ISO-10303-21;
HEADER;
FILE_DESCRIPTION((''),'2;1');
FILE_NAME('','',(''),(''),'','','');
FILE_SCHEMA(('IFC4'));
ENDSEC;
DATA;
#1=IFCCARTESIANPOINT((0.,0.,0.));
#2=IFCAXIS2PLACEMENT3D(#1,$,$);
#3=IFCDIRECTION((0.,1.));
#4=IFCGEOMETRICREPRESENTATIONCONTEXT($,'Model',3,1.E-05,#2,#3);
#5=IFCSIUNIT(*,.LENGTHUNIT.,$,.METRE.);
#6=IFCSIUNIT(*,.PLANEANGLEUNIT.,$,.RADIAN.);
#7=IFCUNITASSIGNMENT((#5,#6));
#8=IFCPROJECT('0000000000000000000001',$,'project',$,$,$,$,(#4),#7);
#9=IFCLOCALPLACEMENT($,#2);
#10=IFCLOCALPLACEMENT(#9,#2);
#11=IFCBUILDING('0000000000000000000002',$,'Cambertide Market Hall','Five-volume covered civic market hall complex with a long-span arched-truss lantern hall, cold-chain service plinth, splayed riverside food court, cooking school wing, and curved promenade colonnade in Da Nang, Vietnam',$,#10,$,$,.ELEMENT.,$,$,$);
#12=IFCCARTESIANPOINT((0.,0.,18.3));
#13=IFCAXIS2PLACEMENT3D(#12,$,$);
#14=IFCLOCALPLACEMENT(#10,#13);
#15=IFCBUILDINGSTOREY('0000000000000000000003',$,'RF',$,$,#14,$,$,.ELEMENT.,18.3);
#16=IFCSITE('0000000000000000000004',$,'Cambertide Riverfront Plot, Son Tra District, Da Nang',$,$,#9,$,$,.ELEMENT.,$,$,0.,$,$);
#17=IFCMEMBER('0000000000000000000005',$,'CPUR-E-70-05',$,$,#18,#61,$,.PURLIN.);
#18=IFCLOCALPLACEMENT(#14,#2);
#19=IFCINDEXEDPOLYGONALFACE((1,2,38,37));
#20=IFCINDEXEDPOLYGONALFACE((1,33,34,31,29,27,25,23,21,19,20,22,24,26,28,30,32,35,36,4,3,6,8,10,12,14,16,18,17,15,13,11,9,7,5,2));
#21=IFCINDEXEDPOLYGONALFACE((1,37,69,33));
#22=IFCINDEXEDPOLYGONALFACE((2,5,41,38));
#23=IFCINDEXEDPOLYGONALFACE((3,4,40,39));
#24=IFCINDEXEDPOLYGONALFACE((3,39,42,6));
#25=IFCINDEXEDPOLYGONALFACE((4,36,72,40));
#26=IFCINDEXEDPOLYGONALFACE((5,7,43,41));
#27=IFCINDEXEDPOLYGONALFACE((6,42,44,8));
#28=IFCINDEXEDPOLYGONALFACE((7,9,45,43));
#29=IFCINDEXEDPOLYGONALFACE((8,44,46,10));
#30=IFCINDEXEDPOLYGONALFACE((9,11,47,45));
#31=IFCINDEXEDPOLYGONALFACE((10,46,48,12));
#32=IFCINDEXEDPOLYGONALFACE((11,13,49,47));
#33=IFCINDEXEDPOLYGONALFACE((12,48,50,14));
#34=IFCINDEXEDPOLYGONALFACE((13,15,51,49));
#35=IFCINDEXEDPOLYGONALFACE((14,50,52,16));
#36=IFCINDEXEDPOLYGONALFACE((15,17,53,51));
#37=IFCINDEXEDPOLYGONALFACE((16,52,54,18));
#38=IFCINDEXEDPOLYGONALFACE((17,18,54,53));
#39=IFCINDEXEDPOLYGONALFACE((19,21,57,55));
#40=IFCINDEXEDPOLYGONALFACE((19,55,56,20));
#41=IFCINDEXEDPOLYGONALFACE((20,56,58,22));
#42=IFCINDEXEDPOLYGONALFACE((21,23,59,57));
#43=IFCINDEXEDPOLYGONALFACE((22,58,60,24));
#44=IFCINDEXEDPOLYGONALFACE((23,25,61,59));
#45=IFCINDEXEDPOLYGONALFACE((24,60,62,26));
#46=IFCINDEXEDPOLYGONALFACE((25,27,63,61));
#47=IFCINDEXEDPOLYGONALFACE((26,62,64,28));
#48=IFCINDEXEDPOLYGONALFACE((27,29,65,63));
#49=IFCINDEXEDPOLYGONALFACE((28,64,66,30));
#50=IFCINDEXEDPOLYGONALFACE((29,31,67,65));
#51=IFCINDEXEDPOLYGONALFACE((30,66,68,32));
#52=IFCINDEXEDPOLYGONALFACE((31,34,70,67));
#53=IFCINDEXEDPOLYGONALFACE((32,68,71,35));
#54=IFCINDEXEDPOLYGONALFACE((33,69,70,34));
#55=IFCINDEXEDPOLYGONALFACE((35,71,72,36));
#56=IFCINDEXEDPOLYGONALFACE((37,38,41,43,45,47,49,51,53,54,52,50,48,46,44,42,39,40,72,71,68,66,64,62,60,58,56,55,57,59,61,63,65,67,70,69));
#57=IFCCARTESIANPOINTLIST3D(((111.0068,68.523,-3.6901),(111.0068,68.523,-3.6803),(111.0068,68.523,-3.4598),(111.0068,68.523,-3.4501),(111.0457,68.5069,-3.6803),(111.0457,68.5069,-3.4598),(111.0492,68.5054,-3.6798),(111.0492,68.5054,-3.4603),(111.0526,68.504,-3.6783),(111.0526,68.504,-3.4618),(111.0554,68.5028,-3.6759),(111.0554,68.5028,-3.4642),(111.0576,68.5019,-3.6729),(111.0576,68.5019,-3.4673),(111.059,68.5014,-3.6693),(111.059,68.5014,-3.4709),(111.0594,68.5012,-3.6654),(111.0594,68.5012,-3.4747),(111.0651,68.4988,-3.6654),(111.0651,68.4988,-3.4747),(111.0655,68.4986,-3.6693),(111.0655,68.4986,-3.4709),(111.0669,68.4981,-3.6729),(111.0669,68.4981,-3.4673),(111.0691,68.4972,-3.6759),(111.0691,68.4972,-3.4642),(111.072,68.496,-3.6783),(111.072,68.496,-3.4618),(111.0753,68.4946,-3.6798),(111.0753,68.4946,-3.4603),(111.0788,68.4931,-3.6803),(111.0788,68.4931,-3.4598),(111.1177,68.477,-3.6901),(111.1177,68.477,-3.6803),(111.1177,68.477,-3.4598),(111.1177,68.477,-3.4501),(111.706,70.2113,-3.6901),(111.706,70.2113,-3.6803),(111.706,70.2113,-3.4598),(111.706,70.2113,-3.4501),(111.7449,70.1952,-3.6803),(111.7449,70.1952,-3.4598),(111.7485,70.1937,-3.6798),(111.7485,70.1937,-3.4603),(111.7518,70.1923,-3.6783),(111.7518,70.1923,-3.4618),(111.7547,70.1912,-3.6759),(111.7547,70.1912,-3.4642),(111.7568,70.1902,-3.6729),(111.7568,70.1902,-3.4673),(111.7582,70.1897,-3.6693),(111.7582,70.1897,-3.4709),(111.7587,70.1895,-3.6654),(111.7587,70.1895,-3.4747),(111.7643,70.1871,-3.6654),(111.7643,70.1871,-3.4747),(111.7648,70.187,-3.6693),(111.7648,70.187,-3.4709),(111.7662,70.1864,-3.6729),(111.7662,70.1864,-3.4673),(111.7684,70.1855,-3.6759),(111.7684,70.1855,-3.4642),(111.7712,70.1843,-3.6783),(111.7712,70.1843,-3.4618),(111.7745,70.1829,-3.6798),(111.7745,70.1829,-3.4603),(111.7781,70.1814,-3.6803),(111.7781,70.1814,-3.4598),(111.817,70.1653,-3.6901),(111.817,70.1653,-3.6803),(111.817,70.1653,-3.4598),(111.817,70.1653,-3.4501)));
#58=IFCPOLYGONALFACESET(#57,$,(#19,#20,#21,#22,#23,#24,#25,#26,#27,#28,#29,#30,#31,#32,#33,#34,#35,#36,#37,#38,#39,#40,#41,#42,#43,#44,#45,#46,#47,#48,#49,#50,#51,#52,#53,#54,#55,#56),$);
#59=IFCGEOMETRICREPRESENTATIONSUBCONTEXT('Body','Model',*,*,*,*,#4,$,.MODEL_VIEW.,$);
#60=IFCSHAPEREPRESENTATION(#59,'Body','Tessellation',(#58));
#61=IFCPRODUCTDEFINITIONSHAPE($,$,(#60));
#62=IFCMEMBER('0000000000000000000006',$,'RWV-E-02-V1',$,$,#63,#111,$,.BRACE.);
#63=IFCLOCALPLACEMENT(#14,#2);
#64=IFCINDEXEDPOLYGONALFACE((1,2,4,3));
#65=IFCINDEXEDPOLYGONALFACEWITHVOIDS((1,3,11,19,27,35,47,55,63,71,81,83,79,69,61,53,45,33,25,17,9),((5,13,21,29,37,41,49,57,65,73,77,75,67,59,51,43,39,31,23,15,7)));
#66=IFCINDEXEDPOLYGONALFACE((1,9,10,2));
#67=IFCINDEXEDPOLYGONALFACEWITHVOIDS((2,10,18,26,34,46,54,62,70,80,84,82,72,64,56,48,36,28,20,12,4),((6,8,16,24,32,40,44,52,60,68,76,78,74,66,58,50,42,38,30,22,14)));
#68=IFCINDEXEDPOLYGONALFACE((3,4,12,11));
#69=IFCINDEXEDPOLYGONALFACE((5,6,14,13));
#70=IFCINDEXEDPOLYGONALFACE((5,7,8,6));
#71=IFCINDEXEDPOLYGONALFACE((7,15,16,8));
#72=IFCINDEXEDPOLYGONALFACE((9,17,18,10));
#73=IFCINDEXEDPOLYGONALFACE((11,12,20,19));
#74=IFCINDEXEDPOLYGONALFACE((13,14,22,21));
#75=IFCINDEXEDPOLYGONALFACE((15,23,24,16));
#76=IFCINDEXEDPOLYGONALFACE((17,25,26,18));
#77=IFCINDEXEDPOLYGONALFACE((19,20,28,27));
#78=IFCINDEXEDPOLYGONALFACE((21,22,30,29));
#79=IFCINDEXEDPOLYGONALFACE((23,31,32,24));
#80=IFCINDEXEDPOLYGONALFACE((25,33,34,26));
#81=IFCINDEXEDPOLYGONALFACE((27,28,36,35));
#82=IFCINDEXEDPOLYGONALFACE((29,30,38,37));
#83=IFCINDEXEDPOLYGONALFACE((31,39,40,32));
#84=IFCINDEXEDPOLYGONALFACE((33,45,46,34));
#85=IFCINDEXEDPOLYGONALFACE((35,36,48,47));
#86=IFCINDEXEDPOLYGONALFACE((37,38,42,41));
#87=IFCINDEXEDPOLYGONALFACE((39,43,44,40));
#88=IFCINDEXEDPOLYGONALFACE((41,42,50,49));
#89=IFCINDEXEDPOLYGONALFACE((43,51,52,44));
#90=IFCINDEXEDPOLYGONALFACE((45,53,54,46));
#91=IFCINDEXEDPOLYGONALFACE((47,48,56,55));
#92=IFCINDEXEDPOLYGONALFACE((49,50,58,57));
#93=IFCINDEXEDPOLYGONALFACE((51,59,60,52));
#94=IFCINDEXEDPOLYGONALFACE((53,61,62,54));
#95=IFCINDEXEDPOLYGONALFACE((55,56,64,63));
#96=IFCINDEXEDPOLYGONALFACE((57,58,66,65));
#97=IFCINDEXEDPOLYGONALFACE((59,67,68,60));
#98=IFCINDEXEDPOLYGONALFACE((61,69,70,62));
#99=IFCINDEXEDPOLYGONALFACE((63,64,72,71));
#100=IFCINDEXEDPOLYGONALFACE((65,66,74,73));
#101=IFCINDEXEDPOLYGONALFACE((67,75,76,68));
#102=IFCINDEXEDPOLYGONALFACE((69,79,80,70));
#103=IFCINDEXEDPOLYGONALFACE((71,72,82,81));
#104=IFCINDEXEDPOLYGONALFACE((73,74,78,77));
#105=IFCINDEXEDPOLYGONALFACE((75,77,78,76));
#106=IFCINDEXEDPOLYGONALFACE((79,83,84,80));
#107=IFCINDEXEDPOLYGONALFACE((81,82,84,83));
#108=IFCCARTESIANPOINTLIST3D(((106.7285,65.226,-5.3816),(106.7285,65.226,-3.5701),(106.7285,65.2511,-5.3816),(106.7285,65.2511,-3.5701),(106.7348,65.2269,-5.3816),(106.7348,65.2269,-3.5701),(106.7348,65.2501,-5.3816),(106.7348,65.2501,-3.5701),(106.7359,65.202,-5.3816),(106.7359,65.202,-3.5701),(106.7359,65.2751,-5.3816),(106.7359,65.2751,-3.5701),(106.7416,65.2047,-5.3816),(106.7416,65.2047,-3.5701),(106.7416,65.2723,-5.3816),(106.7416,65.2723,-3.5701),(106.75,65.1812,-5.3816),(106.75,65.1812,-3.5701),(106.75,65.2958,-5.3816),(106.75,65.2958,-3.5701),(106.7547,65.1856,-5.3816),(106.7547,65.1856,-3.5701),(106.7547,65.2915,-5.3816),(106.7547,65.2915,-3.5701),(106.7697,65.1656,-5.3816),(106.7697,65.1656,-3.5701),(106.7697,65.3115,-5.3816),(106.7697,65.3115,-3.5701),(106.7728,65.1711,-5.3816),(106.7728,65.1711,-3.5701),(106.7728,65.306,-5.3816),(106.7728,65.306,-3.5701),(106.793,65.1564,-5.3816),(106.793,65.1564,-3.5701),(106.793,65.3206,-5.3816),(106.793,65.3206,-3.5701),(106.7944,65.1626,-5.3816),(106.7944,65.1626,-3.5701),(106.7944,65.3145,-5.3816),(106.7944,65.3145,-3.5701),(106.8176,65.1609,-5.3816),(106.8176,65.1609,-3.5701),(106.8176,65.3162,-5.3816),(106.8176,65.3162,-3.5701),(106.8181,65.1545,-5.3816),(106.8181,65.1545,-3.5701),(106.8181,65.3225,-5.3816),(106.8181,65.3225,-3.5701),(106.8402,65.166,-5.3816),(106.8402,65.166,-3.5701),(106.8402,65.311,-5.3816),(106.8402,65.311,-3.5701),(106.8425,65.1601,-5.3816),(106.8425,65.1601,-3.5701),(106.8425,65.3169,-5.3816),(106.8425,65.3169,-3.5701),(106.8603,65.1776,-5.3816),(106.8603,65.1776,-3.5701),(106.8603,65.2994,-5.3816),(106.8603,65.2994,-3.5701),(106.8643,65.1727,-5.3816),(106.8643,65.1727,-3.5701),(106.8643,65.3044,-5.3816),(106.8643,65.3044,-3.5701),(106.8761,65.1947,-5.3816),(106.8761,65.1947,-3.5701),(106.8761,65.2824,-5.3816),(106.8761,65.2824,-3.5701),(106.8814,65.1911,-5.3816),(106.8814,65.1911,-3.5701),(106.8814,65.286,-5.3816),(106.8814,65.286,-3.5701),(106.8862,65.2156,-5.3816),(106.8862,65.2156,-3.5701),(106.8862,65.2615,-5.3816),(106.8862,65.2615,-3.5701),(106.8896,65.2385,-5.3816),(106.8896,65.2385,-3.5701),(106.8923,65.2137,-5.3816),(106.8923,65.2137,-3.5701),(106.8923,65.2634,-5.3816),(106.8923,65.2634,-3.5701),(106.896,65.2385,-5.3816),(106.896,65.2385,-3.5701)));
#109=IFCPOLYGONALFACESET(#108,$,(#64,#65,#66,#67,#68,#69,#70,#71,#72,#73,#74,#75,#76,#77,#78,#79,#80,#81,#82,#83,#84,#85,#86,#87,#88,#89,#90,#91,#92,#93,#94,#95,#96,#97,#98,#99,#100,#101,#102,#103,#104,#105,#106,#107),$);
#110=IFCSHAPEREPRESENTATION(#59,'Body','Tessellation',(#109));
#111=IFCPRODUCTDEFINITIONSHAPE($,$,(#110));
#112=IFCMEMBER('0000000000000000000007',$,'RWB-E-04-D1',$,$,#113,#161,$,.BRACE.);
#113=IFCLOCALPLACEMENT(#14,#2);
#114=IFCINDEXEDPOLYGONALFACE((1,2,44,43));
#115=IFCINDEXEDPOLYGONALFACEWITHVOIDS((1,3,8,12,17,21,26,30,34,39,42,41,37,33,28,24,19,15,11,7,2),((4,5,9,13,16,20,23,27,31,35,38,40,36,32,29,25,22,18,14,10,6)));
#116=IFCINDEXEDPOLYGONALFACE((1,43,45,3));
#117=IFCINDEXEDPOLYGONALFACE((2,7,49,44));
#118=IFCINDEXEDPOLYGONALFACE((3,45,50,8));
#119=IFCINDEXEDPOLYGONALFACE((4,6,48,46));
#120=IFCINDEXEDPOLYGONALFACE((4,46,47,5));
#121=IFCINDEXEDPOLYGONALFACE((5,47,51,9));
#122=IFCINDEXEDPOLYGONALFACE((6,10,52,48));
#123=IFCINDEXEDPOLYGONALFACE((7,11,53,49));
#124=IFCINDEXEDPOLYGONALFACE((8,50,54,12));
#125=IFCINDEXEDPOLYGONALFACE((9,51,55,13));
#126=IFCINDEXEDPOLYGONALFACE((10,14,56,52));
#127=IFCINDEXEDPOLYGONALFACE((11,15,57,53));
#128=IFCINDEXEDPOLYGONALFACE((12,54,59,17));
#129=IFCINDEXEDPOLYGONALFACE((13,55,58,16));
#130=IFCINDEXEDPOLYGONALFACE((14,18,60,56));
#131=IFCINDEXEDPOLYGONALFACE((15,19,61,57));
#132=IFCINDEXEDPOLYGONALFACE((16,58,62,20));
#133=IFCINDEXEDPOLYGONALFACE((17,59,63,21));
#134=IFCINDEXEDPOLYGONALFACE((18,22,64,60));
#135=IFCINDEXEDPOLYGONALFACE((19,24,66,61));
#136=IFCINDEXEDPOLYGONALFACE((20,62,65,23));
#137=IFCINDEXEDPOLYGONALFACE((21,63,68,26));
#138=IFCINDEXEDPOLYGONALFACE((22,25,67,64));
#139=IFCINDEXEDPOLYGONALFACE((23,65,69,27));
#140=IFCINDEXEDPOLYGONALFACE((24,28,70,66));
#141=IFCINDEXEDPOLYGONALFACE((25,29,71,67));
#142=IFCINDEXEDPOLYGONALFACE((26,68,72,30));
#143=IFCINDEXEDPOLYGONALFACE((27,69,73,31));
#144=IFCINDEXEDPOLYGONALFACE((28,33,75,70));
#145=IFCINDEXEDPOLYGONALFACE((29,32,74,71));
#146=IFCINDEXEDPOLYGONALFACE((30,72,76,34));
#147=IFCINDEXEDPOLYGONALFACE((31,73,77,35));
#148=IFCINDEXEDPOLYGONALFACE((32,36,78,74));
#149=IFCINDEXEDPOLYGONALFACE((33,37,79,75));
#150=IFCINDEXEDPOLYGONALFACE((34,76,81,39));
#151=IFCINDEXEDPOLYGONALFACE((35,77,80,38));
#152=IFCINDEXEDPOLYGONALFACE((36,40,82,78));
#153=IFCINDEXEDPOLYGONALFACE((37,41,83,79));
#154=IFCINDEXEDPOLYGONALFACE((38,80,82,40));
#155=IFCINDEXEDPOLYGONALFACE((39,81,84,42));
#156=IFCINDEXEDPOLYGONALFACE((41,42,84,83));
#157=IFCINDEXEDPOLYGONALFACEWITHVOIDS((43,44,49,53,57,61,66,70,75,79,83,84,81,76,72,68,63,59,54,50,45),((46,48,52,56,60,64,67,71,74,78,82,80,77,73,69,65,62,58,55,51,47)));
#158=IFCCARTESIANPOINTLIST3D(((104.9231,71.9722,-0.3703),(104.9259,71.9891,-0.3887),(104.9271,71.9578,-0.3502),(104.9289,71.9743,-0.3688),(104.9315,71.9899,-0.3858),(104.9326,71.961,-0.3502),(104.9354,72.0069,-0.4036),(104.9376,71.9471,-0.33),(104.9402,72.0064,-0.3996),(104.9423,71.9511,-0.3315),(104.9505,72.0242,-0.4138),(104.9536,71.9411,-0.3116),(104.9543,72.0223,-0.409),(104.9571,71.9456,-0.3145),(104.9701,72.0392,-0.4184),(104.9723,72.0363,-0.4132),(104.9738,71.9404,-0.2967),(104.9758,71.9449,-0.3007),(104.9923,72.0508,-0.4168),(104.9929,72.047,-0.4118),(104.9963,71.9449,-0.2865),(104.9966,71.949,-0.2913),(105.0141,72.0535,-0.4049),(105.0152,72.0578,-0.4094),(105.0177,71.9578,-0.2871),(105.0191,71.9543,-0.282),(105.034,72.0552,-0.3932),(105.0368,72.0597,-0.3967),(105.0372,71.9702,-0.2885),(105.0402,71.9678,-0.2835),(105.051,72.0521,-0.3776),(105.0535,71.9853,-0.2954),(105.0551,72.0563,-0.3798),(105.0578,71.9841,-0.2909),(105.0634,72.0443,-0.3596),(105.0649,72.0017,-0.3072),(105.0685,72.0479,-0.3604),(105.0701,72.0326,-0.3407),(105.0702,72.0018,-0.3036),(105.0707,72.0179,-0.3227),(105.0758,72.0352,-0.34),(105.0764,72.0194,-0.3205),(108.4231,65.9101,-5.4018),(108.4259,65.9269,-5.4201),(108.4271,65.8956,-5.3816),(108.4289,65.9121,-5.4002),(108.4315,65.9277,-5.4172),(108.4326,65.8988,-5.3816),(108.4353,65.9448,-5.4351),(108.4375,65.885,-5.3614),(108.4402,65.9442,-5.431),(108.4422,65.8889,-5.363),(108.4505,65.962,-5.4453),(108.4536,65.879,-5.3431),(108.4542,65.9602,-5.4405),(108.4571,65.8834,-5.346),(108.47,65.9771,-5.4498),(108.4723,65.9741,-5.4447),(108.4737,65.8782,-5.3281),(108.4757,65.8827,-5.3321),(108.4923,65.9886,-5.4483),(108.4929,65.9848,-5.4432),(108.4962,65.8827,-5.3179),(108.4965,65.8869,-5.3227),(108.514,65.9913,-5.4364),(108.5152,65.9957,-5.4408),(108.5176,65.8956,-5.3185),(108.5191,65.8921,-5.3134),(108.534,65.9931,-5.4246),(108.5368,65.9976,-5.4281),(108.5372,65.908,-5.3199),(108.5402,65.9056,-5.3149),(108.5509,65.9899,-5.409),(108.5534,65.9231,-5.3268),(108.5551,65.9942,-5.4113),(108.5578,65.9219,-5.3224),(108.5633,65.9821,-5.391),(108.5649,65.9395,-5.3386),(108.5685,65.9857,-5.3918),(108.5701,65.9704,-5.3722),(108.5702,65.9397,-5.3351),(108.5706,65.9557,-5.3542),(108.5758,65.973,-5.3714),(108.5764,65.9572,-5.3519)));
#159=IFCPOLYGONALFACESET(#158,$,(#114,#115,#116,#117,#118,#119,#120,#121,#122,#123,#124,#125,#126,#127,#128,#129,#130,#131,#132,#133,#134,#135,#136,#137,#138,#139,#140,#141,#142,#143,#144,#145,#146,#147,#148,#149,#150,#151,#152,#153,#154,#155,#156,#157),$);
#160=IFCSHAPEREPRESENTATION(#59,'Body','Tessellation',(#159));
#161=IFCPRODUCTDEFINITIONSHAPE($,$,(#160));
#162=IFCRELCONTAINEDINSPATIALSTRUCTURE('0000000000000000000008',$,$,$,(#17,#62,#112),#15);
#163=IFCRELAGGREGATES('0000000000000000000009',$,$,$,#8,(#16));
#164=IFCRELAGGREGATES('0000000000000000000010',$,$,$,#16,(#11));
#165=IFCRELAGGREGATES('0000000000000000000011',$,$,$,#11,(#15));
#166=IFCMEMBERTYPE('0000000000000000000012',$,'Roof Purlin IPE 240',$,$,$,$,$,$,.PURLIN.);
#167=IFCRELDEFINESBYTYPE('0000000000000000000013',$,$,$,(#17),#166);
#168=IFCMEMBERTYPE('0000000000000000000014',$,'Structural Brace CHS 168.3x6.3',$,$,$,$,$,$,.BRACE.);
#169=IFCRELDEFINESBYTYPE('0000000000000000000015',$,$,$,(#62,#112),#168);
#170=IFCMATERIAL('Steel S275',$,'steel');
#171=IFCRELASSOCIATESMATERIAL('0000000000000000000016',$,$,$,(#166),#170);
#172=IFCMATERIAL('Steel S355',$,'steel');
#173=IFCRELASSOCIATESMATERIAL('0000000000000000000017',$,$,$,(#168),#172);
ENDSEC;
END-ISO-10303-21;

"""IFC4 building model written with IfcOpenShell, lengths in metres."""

from ifc_helpers import new_model, si_unit, direction, frame, origin, origin_2d, place, context, subcontext, project, spatial, hollow_circle, i_section, extrude, material, material_profile, profile_set, type_object, element, save


model = new_model("IFC4")

# Units and contexts
model_context = context("Model", 3, precision=1e-05, world=origin(), true_north=direction((0.0, 1.0)))
body_context = subcontext(model_context, "Body", "Model", "MODEL_VIEW")
ifc_project = project(units=[si_unit("LENGTHUNIT", "METRE"), si_unit("PLANEANGLEUNIT", "RADIAN")], contexts=[model_context])

# Site, building, storey
site_placement = place(None, origin())
site = spatial("IfcSite", under=ifc_project, at=site_placement, Name="Cambertide Riverfront Plot, Son Tra District, Da Nang", CompositionType="ELEMENT", RefElevation=0.0)
building_placement = place(site_placement, origin())
building = spatial("IfcBuilding", under=site, at=building_placement, Name="Cambertide Market Hall", Description="Five-volume covered civic market hall complex with a long-span arched-truss lantern hall, cold-chain service plinth, splayed riverside food court, cooking school wing, and curved promenade colonnade in Da Nang, Vietnam", CompositionType="ELEMENT")
storey_placement = place(building_placement, frame((0.0, 0.0, 18.3)))
storey = spatial("IfcBuildingStorey", under=building, at=storey_placement, Name="RF", CompositionType="ELEMENT", Elevation=18.3)

# Members
ifc_material_1 = material(Name="Steel S275", Category="steel")
ifc_material_profile_1 = material_profile(ifc_material_1, i_section(OverallWidth=0.1201, OverallDepth=0.24, WebThickness=0.0061, FlangeThickness=0.0098, FilletRadius=0.0149, at=origin_2d()), Name="IPE 240")
ifc_profile_set_1 = profile_set([ifc_material_profile_1], Name="Steel S275")
member_type_1 = type_object("IfcMemberType", Name="Roof Purlin IPE 240", PredefinedType="PURLIN", material=ifc_profile_set_1)
for number, where, z_axis, x_axis, name in (
    (1, (111.0623, 68.5, -3.5701), (0.382651, 0.923893, 0.0), (-0.923893, 0.382651, 0.0), "CPUR-E-70-05"),
):
    element("IfcMember", number, at=place(storey_placement, frame(where, z_axis=z_axis, x_axis=x_axis)), inside=storey, type_object=member_type_1, Name=name, PredefinedType="PURLIN", context=body_context, shape_type="SweptSolid", body=[
        extrude(i_section(OverallWidth=0.1201, OverallDepth=0.24, WebThickness=0.0061, FlangeThickness=0.0098, FilletRadius=0.0149, at=origin_2d()), origin(), (0.0, 0.0, 1.0), 1.8274),
    ])
ifc_material_2 = material(Name="Steel S355", Category="steel")
ifc_material_profile_2 = material_profile(ifc_material_2, hollow_circle(Radius=0.0842, WallThickness=0.0063, at=origin_2d()), Name="CHS 168.3x6.3")
ifc_profile_set_2 = profile_set([ifc_material_profile_2], Name="Steel S355")
member_type_2 = type_object("IfcMemberType", Name="Structural Brace CHS 168.3x6.3", PredefinedType="BRACE", material=ifc_profile_set_2)
member_1_placement = place(storey_placement, frame((106.8118, 65.2385, -5.3816), z_axis=(0.0, 0.0, 1.0), x_axis=(1.0, 0.0, 0.0)))
element("IfcMember", 2, at=member_1_placement, inside=storey, type_object=member_type_2, Name="RWV-E-02-V1", PredefinedType="BRACE", context=body_context, shape_type="SweptSolid", body=[
    extrude(hollow_circle(Radius=0.0842, WallThickness=0.0063, at=origin_2d()), origin(), (0.0, 0.0, 1.0), 1.8115),
])
member_2_placement = place(storey_placement, frame((108.5, 65.9377, -5.3816), z_axis=(-0.405998, 0.703219, 0.583651), x_axis=(-0.866028, -0.499995, 0.0)))
element("IfcMember", 3, at=member_2_placement, inside=storey, type_object=member_type_2, Name="RWB-E-04-D1", PredefinedType="BRACE", context=body_context, shape_type="SweptSolid", body=[
    extrude(hollow_circle(Radius=0.0842, WallThickness=0.0063, at=origin_2d()), origin(), (0.0, 0.0, 1.0), 8.6206),
])

save(model, "model.ifc")
